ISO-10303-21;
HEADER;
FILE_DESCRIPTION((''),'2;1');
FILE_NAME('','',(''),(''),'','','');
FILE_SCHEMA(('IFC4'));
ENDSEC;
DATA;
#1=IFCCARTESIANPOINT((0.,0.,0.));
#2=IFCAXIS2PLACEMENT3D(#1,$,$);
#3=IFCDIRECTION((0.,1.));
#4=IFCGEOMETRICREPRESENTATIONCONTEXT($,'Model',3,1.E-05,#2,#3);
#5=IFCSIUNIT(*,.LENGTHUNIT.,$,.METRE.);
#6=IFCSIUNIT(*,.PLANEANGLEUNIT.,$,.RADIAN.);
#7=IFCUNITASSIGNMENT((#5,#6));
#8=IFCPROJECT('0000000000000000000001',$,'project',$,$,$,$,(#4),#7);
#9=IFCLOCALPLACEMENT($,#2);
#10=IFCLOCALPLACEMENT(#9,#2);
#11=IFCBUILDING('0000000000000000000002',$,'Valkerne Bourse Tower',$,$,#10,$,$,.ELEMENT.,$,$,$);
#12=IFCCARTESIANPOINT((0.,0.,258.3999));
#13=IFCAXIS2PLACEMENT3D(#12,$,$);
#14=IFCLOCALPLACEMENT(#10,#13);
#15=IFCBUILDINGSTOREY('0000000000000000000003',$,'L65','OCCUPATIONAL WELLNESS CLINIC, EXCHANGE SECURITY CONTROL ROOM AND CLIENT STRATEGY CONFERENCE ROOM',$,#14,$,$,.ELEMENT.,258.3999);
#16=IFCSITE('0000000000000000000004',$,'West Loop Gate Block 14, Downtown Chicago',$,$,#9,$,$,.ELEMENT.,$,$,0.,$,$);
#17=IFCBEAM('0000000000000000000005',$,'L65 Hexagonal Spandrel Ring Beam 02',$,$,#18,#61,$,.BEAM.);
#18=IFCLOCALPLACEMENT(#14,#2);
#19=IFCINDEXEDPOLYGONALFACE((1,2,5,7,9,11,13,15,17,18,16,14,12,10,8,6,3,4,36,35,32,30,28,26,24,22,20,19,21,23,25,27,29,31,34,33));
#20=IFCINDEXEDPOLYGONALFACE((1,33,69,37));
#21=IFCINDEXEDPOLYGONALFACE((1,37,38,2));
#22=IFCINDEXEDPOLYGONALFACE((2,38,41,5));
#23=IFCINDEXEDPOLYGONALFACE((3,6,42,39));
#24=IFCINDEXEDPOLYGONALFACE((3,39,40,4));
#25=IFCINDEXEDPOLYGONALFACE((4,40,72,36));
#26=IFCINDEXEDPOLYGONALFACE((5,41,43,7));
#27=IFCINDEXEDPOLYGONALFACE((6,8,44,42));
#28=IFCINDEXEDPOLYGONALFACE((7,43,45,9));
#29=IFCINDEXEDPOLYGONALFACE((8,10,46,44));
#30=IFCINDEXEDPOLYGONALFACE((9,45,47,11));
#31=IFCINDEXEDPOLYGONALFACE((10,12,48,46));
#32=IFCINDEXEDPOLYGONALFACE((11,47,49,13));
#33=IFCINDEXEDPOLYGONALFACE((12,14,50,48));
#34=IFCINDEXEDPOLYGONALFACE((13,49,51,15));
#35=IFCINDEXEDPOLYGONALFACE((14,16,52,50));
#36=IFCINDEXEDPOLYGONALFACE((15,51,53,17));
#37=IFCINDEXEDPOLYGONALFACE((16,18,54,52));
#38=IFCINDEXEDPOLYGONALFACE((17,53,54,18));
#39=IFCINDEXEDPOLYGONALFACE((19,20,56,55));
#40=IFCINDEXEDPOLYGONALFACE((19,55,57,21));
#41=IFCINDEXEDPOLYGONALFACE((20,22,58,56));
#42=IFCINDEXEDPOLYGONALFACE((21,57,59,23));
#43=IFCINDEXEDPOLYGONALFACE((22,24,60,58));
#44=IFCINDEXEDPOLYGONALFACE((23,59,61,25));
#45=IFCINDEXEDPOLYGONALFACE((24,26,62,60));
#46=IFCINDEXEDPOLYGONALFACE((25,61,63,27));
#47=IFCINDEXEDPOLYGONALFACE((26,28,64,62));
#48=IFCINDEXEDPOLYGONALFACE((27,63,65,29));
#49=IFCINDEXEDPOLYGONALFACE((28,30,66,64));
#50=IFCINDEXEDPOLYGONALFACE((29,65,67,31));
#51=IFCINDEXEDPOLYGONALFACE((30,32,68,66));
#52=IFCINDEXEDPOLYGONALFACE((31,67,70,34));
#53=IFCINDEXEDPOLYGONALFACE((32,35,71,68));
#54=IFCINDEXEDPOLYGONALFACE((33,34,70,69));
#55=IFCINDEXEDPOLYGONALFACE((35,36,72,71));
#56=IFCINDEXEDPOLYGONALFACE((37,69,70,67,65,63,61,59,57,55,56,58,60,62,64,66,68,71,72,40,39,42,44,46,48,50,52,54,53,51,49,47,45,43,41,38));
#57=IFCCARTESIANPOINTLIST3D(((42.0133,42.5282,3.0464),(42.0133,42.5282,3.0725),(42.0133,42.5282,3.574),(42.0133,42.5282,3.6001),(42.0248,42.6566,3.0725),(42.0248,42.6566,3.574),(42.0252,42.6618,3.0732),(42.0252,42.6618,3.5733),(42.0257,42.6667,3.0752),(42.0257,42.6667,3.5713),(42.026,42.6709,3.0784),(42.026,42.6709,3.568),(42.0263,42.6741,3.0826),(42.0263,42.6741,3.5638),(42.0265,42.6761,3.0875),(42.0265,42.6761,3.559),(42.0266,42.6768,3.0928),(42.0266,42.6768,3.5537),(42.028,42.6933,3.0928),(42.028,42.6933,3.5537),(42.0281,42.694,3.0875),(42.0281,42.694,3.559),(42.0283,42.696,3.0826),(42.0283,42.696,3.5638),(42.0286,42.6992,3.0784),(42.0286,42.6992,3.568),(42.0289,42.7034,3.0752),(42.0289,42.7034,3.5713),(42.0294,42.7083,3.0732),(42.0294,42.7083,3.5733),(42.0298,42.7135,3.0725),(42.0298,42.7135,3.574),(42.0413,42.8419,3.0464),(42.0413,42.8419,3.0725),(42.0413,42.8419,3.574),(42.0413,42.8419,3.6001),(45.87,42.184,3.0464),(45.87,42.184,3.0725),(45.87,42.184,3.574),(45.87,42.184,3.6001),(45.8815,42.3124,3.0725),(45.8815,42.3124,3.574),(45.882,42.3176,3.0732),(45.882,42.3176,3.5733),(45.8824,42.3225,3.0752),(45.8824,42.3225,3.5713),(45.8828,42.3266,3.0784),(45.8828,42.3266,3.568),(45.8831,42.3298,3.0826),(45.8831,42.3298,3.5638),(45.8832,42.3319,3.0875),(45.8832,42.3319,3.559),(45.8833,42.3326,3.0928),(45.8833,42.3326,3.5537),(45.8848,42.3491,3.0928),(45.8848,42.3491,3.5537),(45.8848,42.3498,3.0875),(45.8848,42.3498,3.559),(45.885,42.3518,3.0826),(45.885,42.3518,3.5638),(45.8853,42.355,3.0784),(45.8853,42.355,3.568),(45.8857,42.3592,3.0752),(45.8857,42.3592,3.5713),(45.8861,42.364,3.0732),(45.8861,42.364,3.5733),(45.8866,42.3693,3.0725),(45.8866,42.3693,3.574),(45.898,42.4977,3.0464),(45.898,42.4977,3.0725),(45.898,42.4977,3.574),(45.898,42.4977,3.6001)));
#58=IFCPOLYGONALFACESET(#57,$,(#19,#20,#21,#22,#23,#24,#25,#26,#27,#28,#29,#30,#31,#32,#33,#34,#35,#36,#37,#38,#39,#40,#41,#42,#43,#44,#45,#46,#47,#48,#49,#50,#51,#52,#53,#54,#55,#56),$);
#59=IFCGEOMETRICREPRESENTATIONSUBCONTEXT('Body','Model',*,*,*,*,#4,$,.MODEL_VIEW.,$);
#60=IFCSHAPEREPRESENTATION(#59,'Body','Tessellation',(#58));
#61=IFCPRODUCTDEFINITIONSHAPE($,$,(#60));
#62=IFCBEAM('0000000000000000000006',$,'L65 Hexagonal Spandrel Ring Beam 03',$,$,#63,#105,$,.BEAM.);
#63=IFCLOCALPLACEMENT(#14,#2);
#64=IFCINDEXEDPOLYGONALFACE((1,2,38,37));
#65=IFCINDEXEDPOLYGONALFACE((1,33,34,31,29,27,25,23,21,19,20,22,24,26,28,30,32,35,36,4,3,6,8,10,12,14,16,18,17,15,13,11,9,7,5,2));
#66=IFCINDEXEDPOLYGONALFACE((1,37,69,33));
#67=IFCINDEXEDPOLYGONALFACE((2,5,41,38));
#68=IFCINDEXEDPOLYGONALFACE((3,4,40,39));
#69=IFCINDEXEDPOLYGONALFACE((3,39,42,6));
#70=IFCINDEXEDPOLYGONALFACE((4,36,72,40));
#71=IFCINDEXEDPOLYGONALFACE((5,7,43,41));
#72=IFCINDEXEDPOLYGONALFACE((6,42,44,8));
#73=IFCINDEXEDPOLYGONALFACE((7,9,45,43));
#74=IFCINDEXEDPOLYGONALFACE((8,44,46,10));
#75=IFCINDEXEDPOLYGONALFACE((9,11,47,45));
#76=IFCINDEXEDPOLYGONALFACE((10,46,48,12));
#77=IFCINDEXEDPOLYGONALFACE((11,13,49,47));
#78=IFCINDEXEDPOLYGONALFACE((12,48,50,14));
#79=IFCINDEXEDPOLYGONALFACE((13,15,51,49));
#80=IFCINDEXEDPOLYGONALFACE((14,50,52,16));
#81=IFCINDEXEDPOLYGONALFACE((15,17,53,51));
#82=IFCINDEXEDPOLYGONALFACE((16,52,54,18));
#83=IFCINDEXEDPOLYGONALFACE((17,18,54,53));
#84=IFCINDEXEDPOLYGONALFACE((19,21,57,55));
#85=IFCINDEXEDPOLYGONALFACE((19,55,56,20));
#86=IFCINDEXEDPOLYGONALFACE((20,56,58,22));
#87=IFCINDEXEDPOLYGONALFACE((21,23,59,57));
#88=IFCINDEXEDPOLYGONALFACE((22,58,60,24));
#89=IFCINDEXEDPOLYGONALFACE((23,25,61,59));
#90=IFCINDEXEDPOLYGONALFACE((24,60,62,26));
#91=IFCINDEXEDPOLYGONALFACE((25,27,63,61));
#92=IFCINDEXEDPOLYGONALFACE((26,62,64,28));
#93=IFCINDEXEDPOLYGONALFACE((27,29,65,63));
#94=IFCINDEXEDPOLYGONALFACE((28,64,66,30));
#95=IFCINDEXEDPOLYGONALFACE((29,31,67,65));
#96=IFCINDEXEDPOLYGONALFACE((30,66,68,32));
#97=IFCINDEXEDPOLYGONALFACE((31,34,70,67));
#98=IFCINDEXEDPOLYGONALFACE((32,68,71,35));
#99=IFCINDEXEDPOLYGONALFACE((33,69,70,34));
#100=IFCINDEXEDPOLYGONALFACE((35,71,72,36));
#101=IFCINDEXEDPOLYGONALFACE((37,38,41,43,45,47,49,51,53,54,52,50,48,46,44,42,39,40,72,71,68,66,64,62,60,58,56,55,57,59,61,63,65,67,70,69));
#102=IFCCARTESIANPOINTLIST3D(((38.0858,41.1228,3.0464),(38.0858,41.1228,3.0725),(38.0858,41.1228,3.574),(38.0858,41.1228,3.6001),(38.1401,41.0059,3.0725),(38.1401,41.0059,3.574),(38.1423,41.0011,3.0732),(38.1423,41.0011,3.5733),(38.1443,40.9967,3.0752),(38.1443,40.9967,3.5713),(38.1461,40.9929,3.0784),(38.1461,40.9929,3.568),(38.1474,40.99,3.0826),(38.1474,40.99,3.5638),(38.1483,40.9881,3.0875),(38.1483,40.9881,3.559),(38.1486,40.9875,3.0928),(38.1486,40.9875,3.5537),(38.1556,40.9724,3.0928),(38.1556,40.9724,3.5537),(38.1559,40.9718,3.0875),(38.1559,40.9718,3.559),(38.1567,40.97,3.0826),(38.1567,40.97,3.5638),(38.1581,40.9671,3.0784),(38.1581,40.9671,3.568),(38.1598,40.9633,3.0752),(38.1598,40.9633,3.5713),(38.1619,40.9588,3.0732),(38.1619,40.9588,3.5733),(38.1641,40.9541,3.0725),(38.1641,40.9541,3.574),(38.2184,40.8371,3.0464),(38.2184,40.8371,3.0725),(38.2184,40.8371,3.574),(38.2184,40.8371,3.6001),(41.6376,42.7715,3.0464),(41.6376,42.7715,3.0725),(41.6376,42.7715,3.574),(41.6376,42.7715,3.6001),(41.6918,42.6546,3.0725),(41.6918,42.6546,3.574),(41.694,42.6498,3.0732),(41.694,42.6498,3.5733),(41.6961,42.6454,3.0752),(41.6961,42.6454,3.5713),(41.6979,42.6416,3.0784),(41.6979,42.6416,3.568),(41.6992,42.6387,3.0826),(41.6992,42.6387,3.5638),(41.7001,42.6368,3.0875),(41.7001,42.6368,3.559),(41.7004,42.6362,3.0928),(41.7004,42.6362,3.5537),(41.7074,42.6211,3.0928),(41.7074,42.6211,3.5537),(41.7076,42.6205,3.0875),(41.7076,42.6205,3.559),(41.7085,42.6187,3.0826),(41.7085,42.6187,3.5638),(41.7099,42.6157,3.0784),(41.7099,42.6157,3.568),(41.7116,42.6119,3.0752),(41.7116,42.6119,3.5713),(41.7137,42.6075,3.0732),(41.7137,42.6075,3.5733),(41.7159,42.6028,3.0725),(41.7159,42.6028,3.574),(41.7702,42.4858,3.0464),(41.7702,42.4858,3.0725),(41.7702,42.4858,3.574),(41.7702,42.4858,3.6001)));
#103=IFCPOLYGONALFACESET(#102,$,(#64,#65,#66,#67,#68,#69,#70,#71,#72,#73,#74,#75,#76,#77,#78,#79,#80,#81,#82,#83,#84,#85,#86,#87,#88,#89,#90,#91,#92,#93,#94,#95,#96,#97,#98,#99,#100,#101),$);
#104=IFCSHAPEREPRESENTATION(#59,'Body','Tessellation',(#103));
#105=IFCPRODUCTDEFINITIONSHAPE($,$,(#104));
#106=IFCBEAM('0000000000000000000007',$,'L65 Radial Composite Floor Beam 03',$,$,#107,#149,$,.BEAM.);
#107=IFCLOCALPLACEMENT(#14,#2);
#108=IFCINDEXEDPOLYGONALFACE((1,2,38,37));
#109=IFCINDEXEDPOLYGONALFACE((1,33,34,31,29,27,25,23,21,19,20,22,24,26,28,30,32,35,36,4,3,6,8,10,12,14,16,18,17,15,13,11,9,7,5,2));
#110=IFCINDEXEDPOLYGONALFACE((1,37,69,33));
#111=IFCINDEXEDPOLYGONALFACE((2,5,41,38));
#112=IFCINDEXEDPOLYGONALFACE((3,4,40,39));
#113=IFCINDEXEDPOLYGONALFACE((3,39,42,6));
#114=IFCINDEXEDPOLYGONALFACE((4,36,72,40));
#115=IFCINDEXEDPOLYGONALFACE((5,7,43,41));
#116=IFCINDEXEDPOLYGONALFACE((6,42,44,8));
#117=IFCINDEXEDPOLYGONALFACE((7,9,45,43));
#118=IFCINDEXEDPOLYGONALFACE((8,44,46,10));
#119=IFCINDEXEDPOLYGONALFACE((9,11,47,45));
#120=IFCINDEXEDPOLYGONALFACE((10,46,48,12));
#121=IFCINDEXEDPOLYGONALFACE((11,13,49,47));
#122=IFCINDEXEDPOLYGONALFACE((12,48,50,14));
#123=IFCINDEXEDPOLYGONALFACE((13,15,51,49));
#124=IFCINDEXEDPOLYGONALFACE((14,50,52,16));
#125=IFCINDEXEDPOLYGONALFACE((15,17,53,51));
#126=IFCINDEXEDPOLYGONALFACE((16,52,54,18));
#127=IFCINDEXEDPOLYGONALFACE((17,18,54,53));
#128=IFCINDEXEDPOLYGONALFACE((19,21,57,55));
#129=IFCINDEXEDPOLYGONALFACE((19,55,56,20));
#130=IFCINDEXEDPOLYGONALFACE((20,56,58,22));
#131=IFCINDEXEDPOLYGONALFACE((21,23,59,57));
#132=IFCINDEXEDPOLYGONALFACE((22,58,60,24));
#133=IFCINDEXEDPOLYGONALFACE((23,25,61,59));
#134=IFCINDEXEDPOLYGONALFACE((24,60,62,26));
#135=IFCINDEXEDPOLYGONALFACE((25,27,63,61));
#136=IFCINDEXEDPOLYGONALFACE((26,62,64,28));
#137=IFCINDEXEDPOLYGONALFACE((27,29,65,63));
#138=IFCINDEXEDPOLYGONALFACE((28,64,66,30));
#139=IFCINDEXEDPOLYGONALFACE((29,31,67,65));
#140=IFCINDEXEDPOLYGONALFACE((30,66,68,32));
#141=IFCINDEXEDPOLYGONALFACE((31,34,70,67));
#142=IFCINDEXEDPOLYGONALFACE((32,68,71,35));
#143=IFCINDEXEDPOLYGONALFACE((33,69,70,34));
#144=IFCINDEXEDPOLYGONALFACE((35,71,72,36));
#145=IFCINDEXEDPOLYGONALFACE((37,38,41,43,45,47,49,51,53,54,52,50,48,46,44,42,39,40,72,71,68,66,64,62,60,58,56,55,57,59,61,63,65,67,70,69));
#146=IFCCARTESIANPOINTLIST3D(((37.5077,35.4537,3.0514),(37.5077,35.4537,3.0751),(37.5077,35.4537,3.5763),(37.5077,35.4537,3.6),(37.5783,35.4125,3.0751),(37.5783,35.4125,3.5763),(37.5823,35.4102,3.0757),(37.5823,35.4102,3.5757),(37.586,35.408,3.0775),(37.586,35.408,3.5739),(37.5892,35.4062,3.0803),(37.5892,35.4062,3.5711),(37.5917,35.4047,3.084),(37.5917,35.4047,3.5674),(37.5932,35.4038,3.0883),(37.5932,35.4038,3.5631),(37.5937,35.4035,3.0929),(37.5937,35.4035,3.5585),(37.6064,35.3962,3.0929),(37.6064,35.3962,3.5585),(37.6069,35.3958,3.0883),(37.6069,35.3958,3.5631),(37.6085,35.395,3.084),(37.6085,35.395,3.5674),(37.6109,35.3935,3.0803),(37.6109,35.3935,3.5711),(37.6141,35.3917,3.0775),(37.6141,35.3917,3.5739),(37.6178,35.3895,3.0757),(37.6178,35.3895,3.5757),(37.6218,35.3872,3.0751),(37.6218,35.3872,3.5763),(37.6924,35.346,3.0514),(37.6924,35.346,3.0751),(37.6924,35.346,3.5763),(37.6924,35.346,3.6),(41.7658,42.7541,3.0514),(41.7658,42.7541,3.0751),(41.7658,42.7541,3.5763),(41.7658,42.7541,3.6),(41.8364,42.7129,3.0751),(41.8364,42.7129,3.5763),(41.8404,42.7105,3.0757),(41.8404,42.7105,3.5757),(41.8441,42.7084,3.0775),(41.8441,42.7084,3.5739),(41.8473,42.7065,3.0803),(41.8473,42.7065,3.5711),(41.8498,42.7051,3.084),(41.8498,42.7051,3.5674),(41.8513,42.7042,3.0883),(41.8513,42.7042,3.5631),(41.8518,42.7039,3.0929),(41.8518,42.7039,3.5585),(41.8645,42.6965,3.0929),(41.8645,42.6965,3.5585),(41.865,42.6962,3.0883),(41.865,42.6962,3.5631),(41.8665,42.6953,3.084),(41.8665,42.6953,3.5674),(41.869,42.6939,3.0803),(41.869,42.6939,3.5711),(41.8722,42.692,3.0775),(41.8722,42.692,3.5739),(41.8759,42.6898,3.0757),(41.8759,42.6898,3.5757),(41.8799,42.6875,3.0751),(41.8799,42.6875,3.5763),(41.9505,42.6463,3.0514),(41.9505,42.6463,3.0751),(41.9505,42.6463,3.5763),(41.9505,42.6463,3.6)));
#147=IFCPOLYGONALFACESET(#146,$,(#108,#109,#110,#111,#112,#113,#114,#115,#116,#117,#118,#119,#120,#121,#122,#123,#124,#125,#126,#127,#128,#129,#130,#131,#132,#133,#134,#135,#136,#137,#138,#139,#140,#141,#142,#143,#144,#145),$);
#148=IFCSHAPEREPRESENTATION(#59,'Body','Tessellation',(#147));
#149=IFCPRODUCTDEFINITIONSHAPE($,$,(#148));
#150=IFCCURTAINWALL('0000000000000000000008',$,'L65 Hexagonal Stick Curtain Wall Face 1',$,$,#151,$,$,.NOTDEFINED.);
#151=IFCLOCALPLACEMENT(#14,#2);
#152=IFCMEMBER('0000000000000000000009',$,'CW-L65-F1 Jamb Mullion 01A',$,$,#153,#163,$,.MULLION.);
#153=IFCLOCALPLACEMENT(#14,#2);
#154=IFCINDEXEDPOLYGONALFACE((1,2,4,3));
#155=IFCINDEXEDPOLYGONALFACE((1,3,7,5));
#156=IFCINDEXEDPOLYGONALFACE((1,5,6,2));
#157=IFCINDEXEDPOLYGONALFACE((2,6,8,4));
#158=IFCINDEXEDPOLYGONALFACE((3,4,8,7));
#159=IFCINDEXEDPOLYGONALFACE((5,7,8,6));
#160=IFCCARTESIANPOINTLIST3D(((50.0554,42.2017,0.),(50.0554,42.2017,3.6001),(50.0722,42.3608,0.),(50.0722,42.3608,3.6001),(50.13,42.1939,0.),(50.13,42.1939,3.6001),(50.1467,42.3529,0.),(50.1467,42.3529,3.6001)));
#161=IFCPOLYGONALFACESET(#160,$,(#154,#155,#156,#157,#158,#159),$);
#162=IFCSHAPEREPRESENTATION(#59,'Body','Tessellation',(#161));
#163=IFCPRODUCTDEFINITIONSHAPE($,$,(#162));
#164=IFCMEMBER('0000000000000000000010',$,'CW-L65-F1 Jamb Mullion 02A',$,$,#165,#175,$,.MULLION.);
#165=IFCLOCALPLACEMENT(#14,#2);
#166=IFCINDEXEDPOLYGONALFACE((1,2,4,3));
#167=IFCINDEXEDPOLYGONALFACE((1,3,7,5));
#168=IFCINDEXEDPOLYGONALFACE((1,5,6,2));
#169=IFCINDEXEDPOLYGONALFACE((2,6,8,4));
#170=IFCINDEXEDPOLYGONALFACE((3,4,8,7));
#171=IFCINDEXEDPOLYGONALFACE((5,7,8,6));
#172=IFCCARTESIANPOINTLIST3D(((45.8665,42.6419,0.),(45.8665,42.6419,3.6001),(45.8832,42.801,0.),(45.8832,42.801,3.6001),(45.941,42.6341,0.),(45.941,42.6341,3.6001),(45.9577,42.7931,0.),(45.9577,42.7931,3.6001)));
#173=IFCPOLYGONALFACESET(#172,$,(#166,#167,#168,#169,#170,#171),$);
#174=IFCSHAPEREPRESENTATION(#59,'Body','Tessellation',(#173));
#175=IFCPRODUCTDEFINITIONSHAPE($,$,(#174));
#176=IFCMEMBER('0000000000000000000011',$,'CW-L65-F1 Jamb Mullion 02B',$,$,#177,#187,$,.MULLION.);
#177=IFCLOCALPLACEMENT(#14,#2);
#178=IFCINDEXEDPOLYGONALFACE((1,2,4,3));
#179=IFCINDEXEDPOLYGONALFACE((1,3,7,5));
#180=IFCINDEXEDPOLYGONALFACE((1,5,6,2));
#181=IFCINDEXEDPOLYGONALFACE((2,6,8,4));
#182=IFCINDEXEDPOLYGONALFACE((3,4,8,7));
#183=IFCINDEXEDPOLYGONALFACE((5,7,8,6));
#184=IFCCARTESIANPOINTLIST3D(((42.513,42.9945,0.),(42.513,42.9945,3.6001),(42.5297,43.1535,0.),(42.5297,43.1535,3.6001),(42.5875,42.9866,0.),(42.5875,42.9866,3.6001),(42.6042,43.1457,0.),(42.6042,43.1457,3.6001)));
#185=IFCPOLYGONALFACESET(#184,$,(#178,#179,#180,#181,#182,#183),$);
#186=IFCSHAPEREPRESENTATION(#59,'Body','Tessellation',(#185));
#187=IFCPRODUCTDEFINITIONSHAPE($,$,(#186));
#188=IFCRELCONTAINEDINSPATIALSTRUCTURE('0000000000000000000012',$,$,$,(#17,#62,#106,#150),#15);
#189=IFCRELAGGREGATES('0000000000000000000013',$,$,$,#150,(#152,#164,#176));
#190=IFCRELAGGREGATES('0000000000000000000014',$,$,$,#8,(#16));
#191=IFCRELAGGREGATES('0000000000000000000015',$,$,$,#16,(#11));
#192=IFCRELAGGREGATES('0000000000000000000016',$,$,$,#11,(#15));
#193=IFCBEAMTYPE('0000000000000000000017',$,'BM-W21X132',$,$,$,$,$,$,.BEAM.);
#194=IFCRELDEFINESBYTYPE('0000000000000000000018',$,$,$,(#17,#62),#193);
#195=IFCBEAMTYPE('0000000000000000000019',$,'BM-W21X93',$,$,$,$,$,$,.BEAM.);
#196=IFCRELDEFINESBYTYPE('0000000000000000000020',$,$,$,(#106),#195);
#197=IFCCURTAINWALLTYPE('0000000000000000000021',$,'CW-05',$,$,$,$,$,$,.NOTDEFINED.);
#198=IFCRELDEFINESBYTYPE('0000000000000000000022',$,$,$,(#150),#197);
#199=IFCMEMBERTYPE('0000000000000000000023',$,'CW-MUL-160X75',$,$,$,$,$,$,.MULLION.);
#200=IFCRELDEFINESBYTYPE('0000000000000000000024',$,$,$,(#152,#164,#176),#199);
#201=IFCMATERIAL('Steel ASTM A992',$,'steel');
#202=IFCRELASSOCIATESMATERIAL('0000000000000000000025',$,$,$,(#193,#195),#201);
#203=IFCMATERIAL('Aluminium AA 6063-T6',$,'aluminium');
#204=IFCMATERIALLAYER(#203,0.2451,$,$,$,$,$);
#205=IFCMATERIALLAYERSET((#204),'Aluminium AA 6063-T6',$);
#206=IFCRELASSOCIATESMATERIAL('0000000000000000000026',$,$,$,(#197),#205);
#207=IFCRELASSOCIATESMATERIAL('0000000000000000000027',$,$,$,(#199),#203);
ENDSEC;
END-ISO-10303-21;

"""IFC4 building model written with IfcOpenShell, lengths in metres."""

from ifc_helpers import new_model, si_unit, direction, frame, origin, origin_2d, place, context, subcontext, project, spatial, rectangle, i_section, extrude, material, layer, layer_set, material_profile, profile_set, type_object, element, aggregate, save


model = new_model("IFC4")

# Units and contexts
model_context = context("Model", 3, precision=1e-05, world=origin(), true_north=direction((0.0, 1.0)))
body_context = subcontext(model_context, "Body", "Model", "MODEL_VIEW")
ifc_project = project(units=[si_unit("LENGTHUNIT", "METRE"), si_unit("PLANEANGLEUNIT", "RADIAN")], contexts=[model_context])

# Site, building, storey
site_placement = place(None, origin())
site = spatial("IfcSite", under=ifc_project, at=site_placement, Name="West Loop Gate Block 14, Downtown Chicago", CompositionType="ELEMENT", RefElevation=0.0)
building_placement = place(site_placement, origin())
building = spatial("IfcBuilding", under=site, at=building_placement, Name="Valkerne Bourse Tower", CompositionType="ELEMENT")
storey_placement = place(building_placement, frame((0.0, 0.0, 258.3999)))
storey = spatial("IfcBuildingStorey", under=building, at=storey_placement, Name="L65", Description="OCCUPATIONAL WELLNESS CLINIC, EXCHANGE SECURITY CONTROL ROOM AND CLIENT STRATEGY CONFERENCE ROOM", CompositionType="ELEMENT", Elevation=258.3999)

# Beams
ifc_material_1 = material(Name="Steel ASTM A992", Category="steel")
ifc_material_profile_1 = material_profile(ifc_material_1, i_section(OverallWidth=0.3149, OverallDepth=0.5537, WebThickness=0.0166, FlangeThickness=0.0261, FilletRadius=0.0203, at=origin_2d()), Name="W21X132")
ifc_profile_set_1 = profile_set([ifc_material_profile_1], Name="Steel ASTM A992")
beam_type_1 = type_object("IfcBeamType", Name="BM-W21X132", PredefinedType="BEAM", material=ifc_profile_set_1)
for number, where, z_axis, x_axis, name in (
    (1, (45.884, 42.3408, 3.3232), (-0.99604, 0.088904, 0.0), (-0.088904, -0.99604, 0.0), "L65 Hexagonal Spandrel Ring Beam 02"),
):
    element("IfcBeam", number, at=place(storey_placement, frame(where, z_axis=z_axis, x_axis=x_axis)), inside=storey, type_object=beam_type_1, Name=name, PredefinedType="BEAM", context=body_context, shape_type="SweptSolid", body=[
        extrude(i_section(OverallWidth=0.3149, OverallDepth=0.5537, WebThickness=0.0166, FlangeThickness=0.0261, FilletRadius=0.0203, at=origin_2d()), origin(), (0.0, 0.0, 1.0), 3.8721),
    ])
beam_1_placement = place(storey_placement, frame((41.7039, 42.6287, 3.3232), z_axis=(-0.907043, -0.421038, 0.0), x_axis=(0.421038, -0.907043, 0.0)))
element("IfcBeam", 2, at=beam_1_placement, inside=storey, type_object=beam_type_1, Name="L65 Hexagonal Spandrel Ring Beam 03", PredefinedType="BEAM", context=body_context, shape_type="SweptSolid", body=[
    extrude(i_section(OverallWidth=0.3149, OverallDepth=0.5537, WebThickness=0.0166, FlangeThickness=0.0261, FilletRadius=0.0203, at=origin_2d()), origin(), (0.0, 0.0, 1.0), 3.9158),
])
ifc_material_profile_2 = material_profile(ifc_material_1, i_section(OverallWidth=0.2139, OverallDepth=0.5486, WebThickness=0.0146, FlangeThickness=0.0237, FilletRadius=0.0178, at=origin_2d()), Name="W21X93")
ifc_profile_set_2 = profile_set([ifc_material_profile_2], Name="Steel ASTM A992")
beam_type_2 = type_object("IfcBeamType", Name="BM-W21X93", PredefinedType="BEAM", material=ifc_profile_set_2)
beam_2_placement = place(storey_placement, frame((41.8582, 42.7002, 3.3257), z_axis=(-0.503832, -0.863802, 0.0), x_axis=(0.863802, -0.503832, 0.0)))
element("IfcBeam", 3, at=beam_2_placement, inside=storey, type_object=beam_type_2, Name="L65 Radial Composite Floor Beam 03", PredefinedType="BEAM", context=body_context, shape_type="SweptSolid", body=[
    extrude(i_section(OverallWidth=0.2139, OverallDepth=0.5486, WebThickness=0.0146, FlangeThickness=0.0237, FilletRadius=0.0178, at=origin_2d()), origin(), (0.0, 0.0, 1.0), 8.4514),
])

# Curtain wall, members
ifc_material_2 = material(Name="Aluminium AA 6063-T6", Category="aluminium")
ifc_layer_1 = layer(ifc_material_2, 0.2451)
ifc_layer_set_1 = layer_set([ifc_layer_1], Name="Aluminium AA 6063-T6")
curtain_wall_type = type_object("IfcCurtainWallType", Name="CW-05", PredefinedType="NOTDEFINED", material=ifc_layer_set_1)
curtain_wall_placement = place(storey_placement, origin())
curtain_wall = element("IfcCurtainWall", 4, at=curtain_wall_placement, inside=storey, type_object=curtain_wall_type, Name="L65 Hexagonal Stick Curtain Wall Face 1", PredefinedType="NOTDEFINED")
ifc_material_profile_3 = material_profile(ifc_material_2, rectangle(XDim=0.075, YDim=0.1599, at=origin_2d()), Name="CWM-75X160")
ifc_profile_set_3 = profile_set([ifc_material_profile_3], Name="Aluminium AA 6063-T6")
member_type_1 = type_object("IfcMemberType", Name="CW-MUL-160X75", PredefinedType="MULLION", material=ifc_profile_set_3)
member_1_placement = place(storey_placement, frame((50.1011, 42.2773, 0.0), z_axis=(0.0, 0.0, 1.0), x_axis=(-0.994521, 0.104533, 0.0)))
member_1 = element("IfcMember", 5, at=member_1_placement, type_object=member_type_1, Name="CW-L65-F1 Jamb Mullion 01A", PredefinedType="MULLION", context=body_context, shape_type="SweptSolid", body=[
    extrude(rectangle(XDim=0.075, YDim=0.1599, at=origin_2d()), origin(), (0.0, 0.0, 1.0), 3.6001),
])
member_2_placement = place(storey_placement, frame((45.9121, 42.7175, 0.0), z_axis=(0.0, 0.0, 1.0), x_axis=(-0.994521, 0.104535, 0.0)))
member_2 = element("IfcMember", 6, at=member_2_placement, type_object=member_type_1, Name="CW-L65-F1 Jamb Mullion 02A", PredefinedType="MULLION", context=body_context, shape_type="SweptSolid", body=[
    extrude(rectangle(XDim=0.075, YDim=0.1599, at=origin_2d()), origin(), (0.0, 0.0, 1.0), 3.6001),
])
member_3_placement = place(storey_placement, frame((42.5586, 43.0701, 0.0), z_axis=(0.0, 0.0, 1.0), x_axis=(-0.994521, 0.104535, 0.0)))
member_3 = element("IfcMember", 7, at=member_3_placement, type_object=member_type_1, Name="CW-L65-F1 Jamb Mullion 02B", PredefinedType="MULLION", context=body_context, shape_type="SweptSolid", body=[
    extrude(rectangle(XDim=0.075, YDim=0.1599, at=origin_2d()), origin(), (0.0, 0.0, 1.0), 3.6001),
])

aggregate(curtain_wall, [member_1, member_2, member_3])

save(model, "model.ifc")
